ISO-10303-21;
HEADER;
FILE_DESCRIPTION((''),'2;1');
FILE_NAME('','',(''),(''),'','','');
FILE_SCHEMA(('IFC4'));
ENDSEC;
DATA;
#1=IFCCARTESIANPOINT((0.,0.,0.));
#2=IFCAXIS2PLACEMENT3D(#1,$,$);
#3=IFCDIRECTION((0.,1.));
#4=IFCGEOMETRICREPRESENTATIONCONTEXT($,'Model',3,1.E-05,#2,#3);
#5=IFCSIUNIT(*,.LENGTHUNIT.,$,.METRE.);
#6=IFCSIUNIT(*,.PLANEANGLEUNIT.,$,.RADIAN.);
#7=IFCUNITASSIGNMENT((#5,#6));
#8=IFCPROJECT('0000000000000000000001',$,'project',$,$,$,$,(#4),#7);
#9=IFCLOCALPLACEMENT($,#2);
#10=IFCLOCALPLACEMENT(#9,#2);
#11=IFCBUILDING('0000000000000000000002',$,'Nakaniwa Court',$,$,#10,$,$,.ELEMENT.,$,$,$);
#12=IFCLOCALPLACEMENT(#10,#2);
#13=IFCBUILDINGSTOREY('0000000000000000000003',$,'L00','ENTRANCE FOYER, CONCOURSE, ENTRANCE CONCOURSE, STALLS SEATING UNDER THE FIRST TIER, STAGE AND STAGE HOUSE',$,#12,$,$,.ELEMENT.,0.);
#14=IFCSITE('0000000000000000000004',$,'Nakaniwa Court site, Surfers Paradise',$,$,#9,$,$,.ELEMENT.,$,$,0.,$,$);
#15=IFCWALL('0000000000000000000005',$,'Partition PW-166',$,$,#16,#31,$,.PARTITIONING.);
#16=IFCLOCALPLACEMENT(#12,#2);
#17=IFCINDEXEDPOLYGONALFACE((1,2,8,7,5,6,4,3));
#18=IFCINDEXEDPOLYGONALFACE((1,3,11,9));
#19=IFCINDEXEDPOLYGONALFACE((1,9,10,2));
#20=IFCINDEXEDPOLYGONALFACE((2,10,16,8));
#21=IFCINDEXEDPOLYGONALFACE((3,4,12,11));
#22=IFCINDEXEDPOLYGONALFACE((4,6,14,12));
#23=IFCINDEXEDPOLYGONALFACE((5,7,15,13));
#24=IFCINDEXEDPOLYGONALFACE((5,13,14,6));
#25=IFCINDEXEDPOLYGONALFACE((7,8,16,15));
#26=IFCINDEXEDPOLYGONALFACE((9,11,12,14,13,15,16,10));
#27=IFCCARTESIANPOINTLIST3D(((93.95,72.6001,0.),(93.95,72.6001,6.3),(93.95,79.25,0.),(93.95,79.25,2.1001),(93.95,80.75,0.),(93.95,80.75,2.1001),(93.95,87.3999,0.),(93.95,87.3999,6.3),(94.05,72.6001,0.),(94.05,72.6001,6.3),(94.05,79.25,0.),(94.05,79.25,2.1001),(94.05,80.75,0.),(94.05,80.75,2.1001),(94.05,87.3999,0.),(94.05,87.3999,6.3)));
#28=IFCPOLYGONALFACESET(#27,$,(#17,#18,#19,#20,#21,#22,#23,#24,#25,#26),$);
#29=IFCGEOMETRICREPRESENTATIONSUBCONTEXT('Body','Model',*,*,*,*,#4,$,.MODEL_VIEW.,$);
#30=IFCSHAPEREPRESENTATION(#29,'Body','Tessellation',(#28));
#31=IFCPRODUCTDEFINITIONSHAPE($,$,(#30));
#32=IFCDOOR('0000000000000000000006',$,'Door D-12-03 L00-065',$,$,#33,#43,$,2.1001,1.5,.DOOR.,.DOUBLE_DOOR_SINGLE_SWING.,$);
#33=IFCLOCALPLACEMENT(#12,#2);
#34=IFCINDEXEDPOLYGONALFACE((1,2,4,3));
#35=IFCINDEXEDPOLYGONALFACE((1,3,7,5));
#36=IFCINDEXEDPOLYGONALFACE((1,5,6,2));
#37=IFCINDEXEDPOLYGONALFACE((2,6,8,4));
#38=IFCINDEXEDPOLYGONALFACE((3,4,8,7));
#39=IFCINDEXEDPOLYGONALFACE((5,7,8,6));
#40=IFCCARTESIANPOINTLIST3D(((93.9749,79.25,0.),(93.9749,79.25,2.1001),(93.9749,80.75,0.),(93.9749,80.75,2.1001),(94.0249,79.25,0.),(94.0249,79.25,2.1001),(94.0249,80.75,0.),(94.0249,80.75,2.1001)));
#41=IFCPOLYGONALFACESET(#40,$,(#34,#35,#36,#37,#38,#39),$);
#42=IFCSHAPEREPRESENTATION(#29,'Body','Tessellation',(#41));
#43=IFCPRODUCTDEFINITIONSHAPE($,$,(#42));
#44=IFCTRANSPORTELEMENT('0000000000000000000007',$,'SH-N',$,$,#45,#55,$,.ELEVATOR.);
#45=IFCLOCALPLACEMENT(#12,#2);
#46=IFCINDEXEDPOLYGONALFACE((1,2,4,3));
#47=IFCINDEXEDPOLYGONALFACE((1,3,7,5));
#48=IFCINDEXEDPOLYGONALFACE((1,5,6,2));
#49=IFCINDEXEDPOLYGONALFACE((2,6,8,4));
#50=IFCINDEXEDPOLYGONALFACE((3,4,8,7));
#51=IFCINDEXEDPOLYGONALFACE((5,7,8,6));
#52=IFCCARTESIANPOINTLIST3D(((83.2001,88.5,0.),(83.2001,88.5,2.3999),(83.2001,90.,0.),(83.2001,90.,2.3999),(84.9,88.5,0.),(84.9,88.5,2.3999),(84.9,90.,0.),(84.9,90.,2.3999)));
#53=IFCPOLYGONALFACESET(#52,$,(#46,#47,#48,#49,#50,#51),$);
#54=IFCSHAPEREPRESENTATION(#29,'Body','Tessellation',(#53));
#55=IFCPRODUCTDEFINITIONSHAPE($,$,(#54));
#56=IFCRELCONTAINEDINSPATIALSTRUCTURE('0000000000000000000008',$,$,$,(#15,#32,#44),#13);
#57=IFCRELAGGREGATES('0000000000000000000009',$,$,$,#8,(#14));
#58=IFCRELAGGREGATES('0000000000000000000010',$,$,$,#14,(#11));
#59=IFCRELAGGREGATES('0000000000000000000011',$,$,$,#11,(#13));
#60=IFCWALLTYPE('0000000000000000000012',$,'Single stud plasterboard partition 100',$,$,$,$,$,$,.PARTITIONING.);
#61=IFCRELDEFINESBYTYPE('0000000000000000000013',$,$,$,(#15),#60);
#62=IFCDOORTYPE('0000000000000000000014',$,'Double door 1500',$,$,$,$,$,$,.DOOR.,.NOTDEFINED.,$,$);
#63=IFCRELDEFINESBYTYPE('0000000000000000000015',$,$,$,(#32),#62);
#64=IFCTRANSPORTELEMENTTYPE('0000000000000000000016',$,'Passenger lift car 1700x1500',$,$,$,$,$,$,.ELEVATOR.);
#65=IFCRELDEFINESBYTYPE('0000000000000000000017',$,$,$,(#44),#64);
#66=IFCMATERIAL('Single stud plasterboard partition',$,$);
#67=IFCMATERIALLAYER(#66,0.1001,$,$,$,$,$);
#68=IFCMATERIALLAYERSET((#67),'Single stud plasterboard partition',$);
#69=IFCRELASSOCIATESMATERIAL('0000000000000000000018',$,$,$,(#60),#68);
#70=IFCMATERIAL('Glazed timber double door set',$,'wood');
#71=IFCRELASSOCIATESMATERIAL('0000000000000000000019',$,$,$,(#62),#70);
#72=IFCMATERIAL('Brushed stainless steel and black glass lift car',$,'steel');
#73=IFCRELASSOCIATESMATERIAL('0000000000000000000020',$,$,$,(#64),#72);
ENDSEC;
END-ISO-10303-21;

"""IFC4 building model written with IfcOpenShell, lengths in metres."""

from ifc_helpers import new_model, si_unit, direction, frame, frame_2d, origin, origin_2d, place, context, subcontext, project, spatial, rectangle, extrude, material, layer, layer_set, type_object, element, fill, save


model = new_model("IFC4")

# Units and contexts
model_context = context("Model", 3, precision=1e-05, world=origin(), true_north=direction((0.0, 1.0)))
body_context = subcontext(model_context, "Body", "Model", "MODEL_VIEW")
ifc_project = project(units=[si_unit("LENGTHUNIT", "METRE"), si_unit("PLANEANGLEUNIT", "RADIAN")], contexts=[model_context])

# Site, building, storey
site_placement = place(None, origin())
site = spatial("IfcSite", under=ifc_project, at=site_placement, Name="Nakaniwa Court site, Surfers Paradise", CompositionType="ELEMENT", RefElevation=0.0)
building_placement = place(site_placement, origin())
building = spatial("IfcBuilding", under=site, at=building_placement, Name="Nakaniwa Court", CompositionType="ELEMENT")
storey_placement = place(building_placement, origin())
storey = spatial("IfcBuildingStorey", under=building, at=storey_placement, Name="L00", Description="ENTRANCE FOYER, CONCOURSE, ENTRANCE CONCOURSE, STALLS SEATING UNDER THE FIRST TIER, STAGE AND STAGE HOUSE", CompositionType="ELEMENT", Elevation=0.0)

# Wall, opening, door
ifc_material_1 = material(Name="Single stud plasterboard partition")
ifc_layer_1 = layer(ifc_material_1, 0.1001)
ifc_layer_set_1 = layer_set([ifc_layer_1], Name="Single stud plasterboard partition")
wall_type_1 = type_object("IfcWallType", Name="Single stud plasterboard partition 100", PredefinedType="PARTITIONING", material=ifc_layer_set_1)
wall_1_placement = place(storey_placement, frame((94.0, 87.3999, 0.0), z_axis=(0.0, 0.0, 1.0), x_axis=(0.0, -1.0, 0.0)))
wall_1 = element("IfcWall", 1, at=wall_1_placement, inside=storey, type_object=wall_type_1, Name="Partition PW-166", PredefinedType="PARTITIONING", context=body_context, shape_type="SweptSolid", body=[
    extrude(rectangle(XDim=14.7998, YDim=0.1001, at=frame_2d((7.3999, 0.0))), origin(), (0.0, 0.0, 1.0), 6.3),
])
opening_1_placement = place(wall_1_placement, frame((6.6499, 0.0, 0.0)))
opening_1 = element("IfcOpeningElement", 2, at=opening_1_placement, cuts=wall_1, PredefinedType="OPENING", context=body_context, shape_type="SweptSolid", body=[
    extrude(rectangle(XDim=1.5, YDim=2.1001, at=frame_2d((0.75, 1.05))), frame((0.0, 0.0601, 0.0), z_axis=(0.0, -1.0, 0.0), x_axis=(1.0, 0.0, 0.0)), (0.0, 0.0, 1.0), 0.1201),
])
ifc_material_2 = material(Name="Glazed timber double door set", Category="wood")
door_type_1 = type_object("IfcDoorType", Name="Double door 1500", OperationType="NOTDEFINED", PredefinedType="DOOR", material=ifc_material_2)
door_1_placement = place(opening_1_placement, origin())
door_1 = element("IfcDoor", 3, at=door_1_placement, inside=storey, type_object=door_type_1, Name="Door D-12-03 L00-065", OperationType="DOUBLE_DOOR_SINGLE_SWING", OverallHeight=2.1001, OverallWidth=1.5, PredefinedType="DOOR", context=body_context, shape_type="SweptSolid", body=[
    extrude(rectangle(XDim=1.5, YDim=2.1001, at=frame_2d((0.75, 1.05))), frame((0.0, 0.0249, 0.0), z_axis=(0.0, -1.0, 0.0), x_axis=(1.0, 0.0, 0.0)), (0.0, 0.0, 1.0), 0.05),
])
fill(opening_1, door_1)

# Transport element
ifc_material_3 = material(Name="Brushed stainless steel and black glass lift car", Category="steel")
transport_element_type = type_object("IfcTransportElementType", Name="Passenger lift car 1700x1500", PredefinedType="ELEVATOR", material=ifc_material_3)
transport_element_placement = place(storey_placement, frame((84.05, 89.25, 0.0), z_axis=(0.0, 0.0, 1.0), x_axis=(1.0, 0.0, 0.0)))
element("IfcTransportElement", 4, at=transport_element_placement, inside=storey, type_object=transport_element_type, Name="SH-N", PredefinedType="ELEVATOR", context=body_context, shape_type="SweptSolid", body=[
    extrude(rectangle(XDim=1.7, YDim=1.5, at=origin_2d()), origin(), (0.0, 0.0, 1.0), 2.3999),
])

save(model, "model.ifc")
